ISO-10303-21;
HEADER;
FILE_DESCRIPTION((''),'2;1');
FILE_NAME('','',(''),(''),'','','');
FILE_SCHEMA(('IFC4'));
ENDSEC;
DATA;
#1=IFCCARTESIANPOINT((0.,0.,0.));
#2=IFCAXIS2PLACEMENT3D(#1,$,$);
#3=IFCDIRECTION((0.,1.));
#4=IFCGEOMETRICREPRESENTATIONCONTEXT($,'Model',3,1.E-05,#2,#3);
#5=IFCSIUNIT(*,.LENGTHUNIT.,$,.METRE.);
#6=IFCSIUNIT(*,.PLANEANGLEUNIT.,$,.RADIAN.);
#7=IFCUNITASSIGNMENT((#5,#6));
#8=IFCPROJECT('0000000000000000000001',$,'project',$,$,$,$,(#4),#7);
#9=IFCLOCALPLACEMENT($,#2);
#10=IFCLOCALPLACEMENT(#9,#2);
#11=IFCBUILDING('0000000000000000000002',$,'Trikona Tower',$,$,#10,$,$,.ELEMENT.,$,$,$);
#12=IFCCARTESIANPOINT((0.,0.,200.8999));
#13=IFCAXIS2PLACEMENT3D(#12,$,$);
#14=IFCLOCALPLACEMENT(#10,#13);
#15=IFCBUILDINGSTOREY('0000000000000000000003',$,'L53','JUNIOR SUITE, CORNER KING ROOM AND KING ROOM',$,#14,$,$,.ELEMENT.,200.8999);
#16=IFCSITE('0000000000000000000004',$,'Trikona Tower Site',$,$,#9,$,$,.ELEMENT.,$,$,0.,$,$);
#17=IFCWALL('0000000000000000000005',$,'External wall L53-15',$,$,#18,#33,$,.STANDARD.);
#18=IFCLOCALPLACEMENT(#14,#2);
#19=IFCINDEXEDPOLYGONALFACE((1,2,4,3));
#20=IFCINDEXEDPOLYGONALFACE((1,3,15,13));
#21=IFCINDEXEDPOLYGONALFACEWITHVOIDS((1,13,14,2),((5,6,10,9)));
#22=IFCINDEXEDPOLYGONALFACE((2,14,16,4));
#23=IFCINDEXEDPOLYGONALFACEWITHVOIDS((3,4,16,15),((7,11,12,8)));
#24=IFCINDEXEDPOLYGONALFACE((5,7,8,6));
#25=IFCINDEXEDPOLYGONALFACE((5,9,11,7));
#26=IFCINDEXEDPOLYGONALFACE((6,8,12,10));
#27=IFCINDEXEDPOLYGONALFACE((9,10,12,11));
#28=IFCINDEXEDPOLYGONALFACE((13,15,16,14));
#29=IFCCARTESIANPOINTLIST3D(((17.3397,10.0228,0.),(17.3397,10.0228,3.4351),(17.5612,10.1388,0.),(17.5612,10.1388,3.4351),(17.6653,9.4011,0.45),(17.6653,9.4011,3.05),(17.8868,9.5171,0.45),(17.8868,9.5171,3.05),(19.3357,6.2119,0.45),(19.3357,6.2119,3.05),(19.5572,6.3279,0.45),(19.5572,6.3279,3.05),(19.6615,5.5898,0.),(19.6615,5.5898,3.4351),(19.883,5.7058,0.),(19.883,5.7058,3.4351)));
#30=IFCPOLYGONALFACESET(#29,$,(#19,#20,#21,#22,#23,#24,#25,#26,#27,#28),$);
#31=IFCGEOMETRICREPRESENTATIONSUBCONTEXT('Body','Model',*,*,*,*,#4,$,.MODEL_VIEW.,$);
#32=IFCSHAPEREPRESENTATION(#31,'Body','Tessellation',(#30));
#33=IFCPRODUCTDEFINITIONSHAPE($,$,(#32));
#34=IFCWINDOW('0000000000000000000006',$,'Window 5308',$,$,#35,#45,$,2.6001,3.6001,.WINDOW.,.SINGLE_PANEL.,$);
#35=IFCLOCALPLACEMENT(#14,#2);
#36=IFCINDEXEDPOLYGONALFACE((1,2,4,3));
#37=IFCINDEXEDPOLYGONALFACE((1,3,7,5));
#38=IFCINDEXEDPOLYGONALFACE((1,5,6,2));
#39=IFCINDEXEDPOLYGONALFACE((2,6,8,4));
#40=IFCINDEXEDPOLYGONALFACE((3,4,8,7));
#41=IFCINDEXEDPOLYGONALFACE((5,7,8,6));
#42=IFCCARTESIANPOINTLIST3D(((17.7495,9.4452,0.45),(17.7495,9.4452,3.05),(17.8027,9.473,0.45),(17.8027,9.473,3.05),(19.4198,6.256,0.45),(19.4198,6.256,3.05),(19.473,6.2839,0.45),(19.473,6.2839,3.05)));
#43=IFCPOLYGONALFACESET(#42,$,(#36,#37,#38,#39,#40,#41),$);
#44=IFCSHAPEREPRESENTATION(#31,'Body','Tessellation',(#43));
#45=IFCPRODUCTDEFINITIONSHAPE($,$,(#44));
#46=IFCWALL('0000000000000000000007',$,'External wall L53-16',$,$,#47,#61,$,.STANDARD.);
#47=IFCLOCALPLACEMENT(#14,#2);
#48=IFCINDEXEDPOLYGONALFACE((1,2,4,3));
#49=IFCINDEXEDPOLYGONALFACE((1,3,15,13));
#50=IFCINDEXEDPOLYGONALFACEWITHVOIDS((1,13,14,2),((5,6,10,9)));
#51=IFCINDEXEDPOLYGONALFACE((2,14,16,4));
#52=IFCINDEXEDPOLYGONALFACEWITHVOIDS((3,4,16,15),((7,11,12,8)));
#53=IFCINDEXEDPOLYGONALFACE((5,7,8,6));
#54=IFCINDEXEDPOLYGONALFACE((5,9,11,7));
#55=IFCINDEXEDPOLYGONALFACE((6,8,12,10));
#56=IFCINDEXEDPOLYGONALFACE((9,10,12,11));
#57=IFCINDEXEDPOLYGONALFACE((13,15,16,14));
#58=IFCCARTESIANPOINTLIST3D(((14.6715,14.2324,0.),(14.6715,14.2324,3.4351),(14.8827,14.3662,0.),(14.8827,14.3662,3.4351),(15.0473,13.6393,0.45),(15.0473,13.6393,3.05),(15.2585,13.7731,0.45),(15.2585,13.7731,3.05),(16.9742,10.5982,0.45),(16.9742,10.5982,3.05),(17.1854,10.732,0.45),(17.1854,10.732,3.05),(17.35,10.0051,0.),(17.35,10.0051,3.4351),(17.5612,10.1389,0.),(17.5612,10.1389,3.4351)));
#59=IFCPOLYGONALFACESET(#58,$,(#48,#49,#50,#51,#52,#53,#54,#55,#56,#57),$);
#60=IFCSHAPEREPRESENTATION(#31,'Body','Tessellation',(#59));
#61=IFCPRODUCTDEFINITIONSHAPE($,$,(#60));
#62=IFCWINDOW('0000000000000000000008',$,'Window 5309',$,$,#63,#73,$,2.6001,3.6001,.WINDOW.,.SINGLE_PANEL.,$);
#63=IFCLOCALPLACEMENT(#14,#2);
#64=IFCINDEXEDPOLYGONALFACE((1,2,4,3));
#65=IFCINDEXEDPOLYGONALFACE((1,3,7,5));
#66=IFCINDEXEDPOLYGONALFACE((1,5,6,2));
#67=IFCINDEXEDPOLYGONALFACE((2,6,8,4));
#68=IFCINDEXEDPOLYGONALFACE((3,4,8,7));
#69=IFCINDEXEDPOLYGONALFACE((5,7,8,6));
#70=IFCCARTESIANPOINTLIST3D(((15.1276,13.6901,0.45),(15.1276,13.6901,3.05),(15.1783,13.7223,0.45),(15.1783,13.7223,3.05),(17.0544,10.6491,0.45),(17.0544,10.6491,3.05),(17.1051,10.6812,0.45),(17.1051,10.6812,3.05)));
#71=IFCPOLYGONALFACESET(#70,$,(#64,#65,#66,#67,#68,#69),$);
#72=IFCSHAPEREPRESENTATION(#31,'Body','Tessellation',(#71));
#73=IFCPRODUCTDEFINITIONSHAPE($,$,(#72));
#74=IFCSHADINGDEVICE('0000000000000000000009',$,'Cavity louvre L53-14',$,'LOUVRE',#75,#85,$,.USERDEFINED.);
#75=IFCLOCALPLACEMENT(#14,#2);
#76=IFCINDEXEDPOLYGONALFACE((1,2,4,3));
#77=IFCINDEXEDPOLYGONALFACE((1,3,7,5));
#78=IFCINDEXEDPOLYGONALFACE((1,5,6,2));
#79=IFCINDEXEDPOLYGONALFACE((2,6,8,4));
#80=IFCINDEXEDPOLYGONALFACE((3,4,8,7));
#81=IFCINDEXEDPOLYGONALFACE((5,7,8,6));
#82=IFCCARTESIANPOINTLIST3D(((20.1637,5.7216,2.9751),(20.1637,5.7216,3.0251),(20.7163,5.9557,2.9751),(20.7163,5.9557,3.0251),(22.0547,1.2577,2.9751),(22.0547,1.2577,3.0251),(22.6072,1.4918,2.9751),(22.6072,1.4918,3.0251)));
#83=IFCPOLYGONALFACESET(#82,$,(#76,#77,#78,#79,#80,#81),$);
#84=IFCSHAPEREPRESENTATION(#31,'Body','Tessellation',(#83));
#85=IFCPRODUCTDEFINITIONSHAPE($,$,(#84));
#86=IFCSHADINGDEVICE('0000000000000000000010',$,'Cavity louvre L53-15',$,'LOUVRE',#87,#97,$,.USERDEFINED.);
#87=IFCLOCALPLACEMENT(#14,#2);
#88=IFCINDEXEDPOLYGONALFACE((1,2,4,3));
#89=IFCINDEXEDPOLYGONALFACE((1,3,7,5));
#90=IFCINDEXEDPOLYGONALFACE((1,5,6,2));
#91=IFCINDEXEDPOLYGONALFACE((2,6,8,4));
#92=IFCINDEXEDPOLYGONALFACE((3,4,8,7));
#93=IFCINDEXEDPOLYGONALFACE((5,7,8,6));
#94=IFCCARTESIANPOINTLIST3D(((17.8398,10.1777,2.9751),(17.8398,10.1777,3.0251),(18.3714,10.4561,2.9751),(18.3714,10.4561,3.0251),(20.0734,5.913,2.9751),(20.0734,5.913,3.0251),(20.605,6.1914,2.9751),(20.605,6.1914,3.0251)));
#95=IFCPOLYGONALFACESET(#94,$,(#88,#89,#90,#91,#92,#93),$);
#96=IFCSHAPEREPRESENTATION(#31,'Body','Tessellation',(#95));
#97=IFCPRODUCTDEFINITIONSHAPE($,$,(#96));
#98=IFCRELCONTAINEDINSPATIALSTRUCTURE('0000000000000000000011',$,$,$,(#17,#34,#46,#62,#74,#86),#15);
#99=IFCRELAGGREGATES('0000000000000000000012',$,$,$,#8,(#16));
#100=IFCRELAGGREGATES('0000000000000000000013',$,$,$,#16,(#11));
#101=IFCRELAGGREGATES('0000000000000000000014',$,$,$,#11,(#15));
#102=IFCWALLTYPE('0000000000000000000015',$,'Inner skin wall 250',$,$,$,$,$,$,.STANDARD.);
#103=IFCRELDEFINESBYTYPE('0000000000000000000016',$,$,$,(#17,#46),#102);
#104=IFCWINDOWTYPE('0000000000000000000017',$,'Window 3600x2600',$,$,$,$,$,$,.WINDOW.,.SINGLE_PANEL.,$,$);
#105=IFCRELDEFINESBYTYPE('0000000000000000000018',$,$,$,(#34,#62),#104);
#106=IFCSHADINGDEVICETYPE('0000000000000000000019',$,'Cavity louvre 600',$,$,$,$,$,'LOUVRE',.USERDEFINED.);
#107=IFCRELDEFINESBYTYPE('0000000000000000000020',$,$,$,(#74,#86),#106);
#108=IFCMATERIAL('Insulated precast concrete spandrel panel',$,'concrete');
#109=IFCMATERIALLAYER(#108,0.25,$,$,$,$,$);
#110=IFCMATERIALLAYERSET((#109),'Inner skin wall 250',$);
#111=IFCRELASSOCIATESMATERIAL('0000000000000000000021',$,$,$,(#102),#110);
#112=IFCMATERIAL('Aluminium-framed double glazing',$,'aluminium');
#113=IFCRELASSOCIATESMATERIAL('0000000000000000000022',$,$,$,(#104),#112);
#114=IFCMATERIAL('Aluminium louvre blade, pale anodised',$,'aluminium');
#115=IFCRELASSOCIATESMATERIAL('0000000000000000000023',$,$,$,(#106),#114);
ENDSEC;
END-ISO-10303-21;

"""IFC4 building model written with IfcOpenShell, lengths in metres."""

from ifc_helpers import new_model, si_unit, direction, frame, frame_2d, origin, origin_2d, place, context, subcontext, project, spatial, rectangle, extrude, material, layer, layer_set, type_object, element, fill, save


model = new_model("IFC4")

# Units and contexts
model_context = context("Model", 3, precision=1e-05, world=origin(), true_north=direction((0.0, 1.0)))
body_context = subcontext(model_context, "Body", "Model", "MODEL_VIEW")
ifc_project = project(units=[si_unit("LENGTHUNIT", "METRE"), si_unit("PLANEANGLEUNIT", "RADIAN")], contexts=[model_context])

# Site, building, storey
site_placement = place(None, origin())
site = spatial("IfcSite", under=ifc_project, at=site_placement, Name="Trikona Tower Site", CompositionType="ELEMENT", RefElevation=0.0)
building_placement = place(site_placement, origin())
building = spatial("IfcBuilding", under=site, at=building_placement, Name="Trikona Tower", CompositionType="ELEMENT")
storey_placement = place(building_placement, frame((0.0, 0.0, 200.8999)))
storey = spatial("IfcBuildingStorey", under=building, at=storey_placement, Name="L53", Description="JUNIOR SUITE, CORNER KING ROOM AND KING ROOM", CompositionType="ELEMENT", Elevation=200.8999)

# Walls, openings, windows
ifc_material_1 = material(Name="Insulated precast concrete spandrel panel", Category="concrete")
ifc_layer_1 = layer(ifc_material_1, 0.25)
ifc_layer_set_1 = layer_set([ifc_layer_1], Name="Inner skin wall 250")
wall_type_1 = type_object("IfcWallType", Name="Inner skin wall 250", PredefinedType="STANDARD", material=ifc_layer_set_1)
ifc_material_2 = material(Name="Aluminium-framed double glazing", Category="aluminium")
window_type = type_object("IfcWindowType", Name="Window 3600x2600", PartitioningType="SINGLE_PANEL", PredefinedType="WINDOW", material=ifc_material_2)
wall_1_placement = place(storey_placement, frame((19.7722, 5.6479, 0.0), z_axis=(0.0, 0.0, 1.0), x_axis=(-0.463976, 0.885848, 0.0)))
wall_1 = element("IfcWall", 1, at=wall_1_placement, inside=storey, type_object=wall_type_1, Name="External wall L53-15", PredefinedType="STANDARD", context=body_context, shape_type="SweptSolid", body=[
    extrude(rectangle(XDim=5.0042, YDim=0.25, at=frame_2d((2.502, 0.0))), origin(), (0.0, 0.0, 1.0), 3.4351),
])
opening_1_placement = place(wall_1_placement, frame((0.7021, 0.0, 0.45)))
opening_1 = element("IfcOpeningElement", 2, at=opening_1_placement, cuts=wall_1, PredefinedType="OPENING", context=body_context, shape_type="SweptSolid", body=[
    extrude(rectangle(XDim=3.6001, YDim=2.6001, at=frame_2d((1.8, 1.3))), frame((0.0, 0.135, 0.0), z_axis=(0.0, -1.0, 0.0), x_axis=(1.0, 0.0, 0.0)), (0.0, 0.0, 1.0), 0.27),
])
window_1_placement = place(opening_1_placement, origin())
window_1 = element("IfcWindow", 3, at=window_1_placement, inside=storey, type_object=window_type, Name="Window 5308", OverallHeight=2.6001, OverallWidth=3.6001, PartitioningType="SINGLE_PANEL", PredefinedType="WINDOW", context=body_context, shape_type="SweptSolid", body=[
    extrude(rectangle(XDim=3.6001, YDim=2.6001, at=frame_2d((1.8, 1.3))), frame((0.0, 0.03, 0.0), z_axis=(0.0, -1.0, 0.0), x_axis=(1.0, 0.0, 0.0)), (0.0, 0.0, 1.0), 0.0601),
])
fill(opening_1, window_1)
wall_2_placement = place(storey_placement, frame((17.4556, 10.072, 0.0), z_axis=(0.0, 0.0, 1.0), x_axis=(-0.53522, 0.844712, 0.0)))
wall_2 = element("IfcWall", 4, at=wall_2_placement, inside=storey, type_object=wall_type_1, Name="External wall L53-16", PredefinedType="STANDARD", context=body_context, shape_type="SweptSolid", body=[
    extrude(rectangle(XDim=5.0044, YDim=0.25, at=frame_2d((2.5022, 0.0))), origin(), (0.0, 0.0, 1.0), 3.4351),
])
opening_2_placement = place(wall_2_placement, frame((0.7021, 0.0, 0.45)))
opening_2 = element("IfcOpeningElement", 5, at=opening_2_placement, cuts=wall_2, PredefinedType="OPENING", context=body_context, shape_type="SweptSolid", body=[
    extrude(rectangle(XDim=3.6001, YDim=2.6001, at=frame_2d((1.8, 1.3))), frame((0.0, 0.135, 0.0), z_axis=(0.0, -1.0, 0.0), x_axis=(1.0, 0.0, 0.0)), (0.0, 0.0, 1.0), 0.27),
])
window_2_placement = place(opening_2_placement, origin())
window_2 = element("IfcWindow", 6, at=window_2_placement, inside=storey, type_object=window_type, Name="Window 5309", OverallHeight=2.6001, OverallWidth=3.6001, PartitioningType="SINGLE_PANEL", PredefinedType="WINDOW", context=body_context, shape_type="SweptSolid", body=[
    extrude(rectangle(XDim=3.6001, YDim=2.6001, at=frame_2d((1.8, 1.3))), frame((0.0, 0.03, 0.0), z_axis=(0.0, -1.0, 0.0), x_axis=(1.0, 0.0, 0.0)), (0.0, 0.0, 1.0), 0.0601),
])
fill(opening_2, window_2)

# Shading devices
ifc_material_3 = material(Name="Aluminium louvre blade, pale anodised", Category="aluminium")
shading_device_type = type_object("IfcShadingDeviceType", Name="Cavity louvre 600", ElementType="LOUVRE", PredefinedType="USERDEFINED", material=ifc_material_3)
shading_device_1_placement = place(storey_placement, frame((21.3855, 3.6067, 2.9751), z_axis=(0.0, 0.0, 1.0), x_axis=(-0.390051, 0.920793, 0.0)))
element("IfcShadingDevice", 7, at=shading_device_1_placement, inside=storey, type_object=shading_device_type, Name="Cavity louvre L53-14", ObjectType="LOUVRE", PredefinedType="USERDEFINED", context=body_context, shape_type="SweptSolid", body=[
    extrude(rectangle(XDim=4.8479, YDim=0.6001, at=origin_2d()), origin(), (0.0, 0.0, 1.0), 0.05),
])
shading_device_2_placement = place(storey_placement, frame((19.2224, 8.1846, 2.9751), z_axis=(0.0, 0.0, 1.0), x_axis=(-0.463952, 0.88586, 0.0)))
element("IfcShadingDevice", 8, at=shading_device_2_placement, inside=storey, type_object=shading_device_type, Name="Cavity louvre L53-15", ObjectType="LOUVRE", PredefinedType="USERDEFINED", context=body_context, shape_type="SweptSolid", body=[
    extrude(rectangle(XDim=4.8142, YDim=0.6001, at=origin_2d()), origin(), (0.0, 0.0, 1.0), 0.05),
])

save(model, "model.ifc")
